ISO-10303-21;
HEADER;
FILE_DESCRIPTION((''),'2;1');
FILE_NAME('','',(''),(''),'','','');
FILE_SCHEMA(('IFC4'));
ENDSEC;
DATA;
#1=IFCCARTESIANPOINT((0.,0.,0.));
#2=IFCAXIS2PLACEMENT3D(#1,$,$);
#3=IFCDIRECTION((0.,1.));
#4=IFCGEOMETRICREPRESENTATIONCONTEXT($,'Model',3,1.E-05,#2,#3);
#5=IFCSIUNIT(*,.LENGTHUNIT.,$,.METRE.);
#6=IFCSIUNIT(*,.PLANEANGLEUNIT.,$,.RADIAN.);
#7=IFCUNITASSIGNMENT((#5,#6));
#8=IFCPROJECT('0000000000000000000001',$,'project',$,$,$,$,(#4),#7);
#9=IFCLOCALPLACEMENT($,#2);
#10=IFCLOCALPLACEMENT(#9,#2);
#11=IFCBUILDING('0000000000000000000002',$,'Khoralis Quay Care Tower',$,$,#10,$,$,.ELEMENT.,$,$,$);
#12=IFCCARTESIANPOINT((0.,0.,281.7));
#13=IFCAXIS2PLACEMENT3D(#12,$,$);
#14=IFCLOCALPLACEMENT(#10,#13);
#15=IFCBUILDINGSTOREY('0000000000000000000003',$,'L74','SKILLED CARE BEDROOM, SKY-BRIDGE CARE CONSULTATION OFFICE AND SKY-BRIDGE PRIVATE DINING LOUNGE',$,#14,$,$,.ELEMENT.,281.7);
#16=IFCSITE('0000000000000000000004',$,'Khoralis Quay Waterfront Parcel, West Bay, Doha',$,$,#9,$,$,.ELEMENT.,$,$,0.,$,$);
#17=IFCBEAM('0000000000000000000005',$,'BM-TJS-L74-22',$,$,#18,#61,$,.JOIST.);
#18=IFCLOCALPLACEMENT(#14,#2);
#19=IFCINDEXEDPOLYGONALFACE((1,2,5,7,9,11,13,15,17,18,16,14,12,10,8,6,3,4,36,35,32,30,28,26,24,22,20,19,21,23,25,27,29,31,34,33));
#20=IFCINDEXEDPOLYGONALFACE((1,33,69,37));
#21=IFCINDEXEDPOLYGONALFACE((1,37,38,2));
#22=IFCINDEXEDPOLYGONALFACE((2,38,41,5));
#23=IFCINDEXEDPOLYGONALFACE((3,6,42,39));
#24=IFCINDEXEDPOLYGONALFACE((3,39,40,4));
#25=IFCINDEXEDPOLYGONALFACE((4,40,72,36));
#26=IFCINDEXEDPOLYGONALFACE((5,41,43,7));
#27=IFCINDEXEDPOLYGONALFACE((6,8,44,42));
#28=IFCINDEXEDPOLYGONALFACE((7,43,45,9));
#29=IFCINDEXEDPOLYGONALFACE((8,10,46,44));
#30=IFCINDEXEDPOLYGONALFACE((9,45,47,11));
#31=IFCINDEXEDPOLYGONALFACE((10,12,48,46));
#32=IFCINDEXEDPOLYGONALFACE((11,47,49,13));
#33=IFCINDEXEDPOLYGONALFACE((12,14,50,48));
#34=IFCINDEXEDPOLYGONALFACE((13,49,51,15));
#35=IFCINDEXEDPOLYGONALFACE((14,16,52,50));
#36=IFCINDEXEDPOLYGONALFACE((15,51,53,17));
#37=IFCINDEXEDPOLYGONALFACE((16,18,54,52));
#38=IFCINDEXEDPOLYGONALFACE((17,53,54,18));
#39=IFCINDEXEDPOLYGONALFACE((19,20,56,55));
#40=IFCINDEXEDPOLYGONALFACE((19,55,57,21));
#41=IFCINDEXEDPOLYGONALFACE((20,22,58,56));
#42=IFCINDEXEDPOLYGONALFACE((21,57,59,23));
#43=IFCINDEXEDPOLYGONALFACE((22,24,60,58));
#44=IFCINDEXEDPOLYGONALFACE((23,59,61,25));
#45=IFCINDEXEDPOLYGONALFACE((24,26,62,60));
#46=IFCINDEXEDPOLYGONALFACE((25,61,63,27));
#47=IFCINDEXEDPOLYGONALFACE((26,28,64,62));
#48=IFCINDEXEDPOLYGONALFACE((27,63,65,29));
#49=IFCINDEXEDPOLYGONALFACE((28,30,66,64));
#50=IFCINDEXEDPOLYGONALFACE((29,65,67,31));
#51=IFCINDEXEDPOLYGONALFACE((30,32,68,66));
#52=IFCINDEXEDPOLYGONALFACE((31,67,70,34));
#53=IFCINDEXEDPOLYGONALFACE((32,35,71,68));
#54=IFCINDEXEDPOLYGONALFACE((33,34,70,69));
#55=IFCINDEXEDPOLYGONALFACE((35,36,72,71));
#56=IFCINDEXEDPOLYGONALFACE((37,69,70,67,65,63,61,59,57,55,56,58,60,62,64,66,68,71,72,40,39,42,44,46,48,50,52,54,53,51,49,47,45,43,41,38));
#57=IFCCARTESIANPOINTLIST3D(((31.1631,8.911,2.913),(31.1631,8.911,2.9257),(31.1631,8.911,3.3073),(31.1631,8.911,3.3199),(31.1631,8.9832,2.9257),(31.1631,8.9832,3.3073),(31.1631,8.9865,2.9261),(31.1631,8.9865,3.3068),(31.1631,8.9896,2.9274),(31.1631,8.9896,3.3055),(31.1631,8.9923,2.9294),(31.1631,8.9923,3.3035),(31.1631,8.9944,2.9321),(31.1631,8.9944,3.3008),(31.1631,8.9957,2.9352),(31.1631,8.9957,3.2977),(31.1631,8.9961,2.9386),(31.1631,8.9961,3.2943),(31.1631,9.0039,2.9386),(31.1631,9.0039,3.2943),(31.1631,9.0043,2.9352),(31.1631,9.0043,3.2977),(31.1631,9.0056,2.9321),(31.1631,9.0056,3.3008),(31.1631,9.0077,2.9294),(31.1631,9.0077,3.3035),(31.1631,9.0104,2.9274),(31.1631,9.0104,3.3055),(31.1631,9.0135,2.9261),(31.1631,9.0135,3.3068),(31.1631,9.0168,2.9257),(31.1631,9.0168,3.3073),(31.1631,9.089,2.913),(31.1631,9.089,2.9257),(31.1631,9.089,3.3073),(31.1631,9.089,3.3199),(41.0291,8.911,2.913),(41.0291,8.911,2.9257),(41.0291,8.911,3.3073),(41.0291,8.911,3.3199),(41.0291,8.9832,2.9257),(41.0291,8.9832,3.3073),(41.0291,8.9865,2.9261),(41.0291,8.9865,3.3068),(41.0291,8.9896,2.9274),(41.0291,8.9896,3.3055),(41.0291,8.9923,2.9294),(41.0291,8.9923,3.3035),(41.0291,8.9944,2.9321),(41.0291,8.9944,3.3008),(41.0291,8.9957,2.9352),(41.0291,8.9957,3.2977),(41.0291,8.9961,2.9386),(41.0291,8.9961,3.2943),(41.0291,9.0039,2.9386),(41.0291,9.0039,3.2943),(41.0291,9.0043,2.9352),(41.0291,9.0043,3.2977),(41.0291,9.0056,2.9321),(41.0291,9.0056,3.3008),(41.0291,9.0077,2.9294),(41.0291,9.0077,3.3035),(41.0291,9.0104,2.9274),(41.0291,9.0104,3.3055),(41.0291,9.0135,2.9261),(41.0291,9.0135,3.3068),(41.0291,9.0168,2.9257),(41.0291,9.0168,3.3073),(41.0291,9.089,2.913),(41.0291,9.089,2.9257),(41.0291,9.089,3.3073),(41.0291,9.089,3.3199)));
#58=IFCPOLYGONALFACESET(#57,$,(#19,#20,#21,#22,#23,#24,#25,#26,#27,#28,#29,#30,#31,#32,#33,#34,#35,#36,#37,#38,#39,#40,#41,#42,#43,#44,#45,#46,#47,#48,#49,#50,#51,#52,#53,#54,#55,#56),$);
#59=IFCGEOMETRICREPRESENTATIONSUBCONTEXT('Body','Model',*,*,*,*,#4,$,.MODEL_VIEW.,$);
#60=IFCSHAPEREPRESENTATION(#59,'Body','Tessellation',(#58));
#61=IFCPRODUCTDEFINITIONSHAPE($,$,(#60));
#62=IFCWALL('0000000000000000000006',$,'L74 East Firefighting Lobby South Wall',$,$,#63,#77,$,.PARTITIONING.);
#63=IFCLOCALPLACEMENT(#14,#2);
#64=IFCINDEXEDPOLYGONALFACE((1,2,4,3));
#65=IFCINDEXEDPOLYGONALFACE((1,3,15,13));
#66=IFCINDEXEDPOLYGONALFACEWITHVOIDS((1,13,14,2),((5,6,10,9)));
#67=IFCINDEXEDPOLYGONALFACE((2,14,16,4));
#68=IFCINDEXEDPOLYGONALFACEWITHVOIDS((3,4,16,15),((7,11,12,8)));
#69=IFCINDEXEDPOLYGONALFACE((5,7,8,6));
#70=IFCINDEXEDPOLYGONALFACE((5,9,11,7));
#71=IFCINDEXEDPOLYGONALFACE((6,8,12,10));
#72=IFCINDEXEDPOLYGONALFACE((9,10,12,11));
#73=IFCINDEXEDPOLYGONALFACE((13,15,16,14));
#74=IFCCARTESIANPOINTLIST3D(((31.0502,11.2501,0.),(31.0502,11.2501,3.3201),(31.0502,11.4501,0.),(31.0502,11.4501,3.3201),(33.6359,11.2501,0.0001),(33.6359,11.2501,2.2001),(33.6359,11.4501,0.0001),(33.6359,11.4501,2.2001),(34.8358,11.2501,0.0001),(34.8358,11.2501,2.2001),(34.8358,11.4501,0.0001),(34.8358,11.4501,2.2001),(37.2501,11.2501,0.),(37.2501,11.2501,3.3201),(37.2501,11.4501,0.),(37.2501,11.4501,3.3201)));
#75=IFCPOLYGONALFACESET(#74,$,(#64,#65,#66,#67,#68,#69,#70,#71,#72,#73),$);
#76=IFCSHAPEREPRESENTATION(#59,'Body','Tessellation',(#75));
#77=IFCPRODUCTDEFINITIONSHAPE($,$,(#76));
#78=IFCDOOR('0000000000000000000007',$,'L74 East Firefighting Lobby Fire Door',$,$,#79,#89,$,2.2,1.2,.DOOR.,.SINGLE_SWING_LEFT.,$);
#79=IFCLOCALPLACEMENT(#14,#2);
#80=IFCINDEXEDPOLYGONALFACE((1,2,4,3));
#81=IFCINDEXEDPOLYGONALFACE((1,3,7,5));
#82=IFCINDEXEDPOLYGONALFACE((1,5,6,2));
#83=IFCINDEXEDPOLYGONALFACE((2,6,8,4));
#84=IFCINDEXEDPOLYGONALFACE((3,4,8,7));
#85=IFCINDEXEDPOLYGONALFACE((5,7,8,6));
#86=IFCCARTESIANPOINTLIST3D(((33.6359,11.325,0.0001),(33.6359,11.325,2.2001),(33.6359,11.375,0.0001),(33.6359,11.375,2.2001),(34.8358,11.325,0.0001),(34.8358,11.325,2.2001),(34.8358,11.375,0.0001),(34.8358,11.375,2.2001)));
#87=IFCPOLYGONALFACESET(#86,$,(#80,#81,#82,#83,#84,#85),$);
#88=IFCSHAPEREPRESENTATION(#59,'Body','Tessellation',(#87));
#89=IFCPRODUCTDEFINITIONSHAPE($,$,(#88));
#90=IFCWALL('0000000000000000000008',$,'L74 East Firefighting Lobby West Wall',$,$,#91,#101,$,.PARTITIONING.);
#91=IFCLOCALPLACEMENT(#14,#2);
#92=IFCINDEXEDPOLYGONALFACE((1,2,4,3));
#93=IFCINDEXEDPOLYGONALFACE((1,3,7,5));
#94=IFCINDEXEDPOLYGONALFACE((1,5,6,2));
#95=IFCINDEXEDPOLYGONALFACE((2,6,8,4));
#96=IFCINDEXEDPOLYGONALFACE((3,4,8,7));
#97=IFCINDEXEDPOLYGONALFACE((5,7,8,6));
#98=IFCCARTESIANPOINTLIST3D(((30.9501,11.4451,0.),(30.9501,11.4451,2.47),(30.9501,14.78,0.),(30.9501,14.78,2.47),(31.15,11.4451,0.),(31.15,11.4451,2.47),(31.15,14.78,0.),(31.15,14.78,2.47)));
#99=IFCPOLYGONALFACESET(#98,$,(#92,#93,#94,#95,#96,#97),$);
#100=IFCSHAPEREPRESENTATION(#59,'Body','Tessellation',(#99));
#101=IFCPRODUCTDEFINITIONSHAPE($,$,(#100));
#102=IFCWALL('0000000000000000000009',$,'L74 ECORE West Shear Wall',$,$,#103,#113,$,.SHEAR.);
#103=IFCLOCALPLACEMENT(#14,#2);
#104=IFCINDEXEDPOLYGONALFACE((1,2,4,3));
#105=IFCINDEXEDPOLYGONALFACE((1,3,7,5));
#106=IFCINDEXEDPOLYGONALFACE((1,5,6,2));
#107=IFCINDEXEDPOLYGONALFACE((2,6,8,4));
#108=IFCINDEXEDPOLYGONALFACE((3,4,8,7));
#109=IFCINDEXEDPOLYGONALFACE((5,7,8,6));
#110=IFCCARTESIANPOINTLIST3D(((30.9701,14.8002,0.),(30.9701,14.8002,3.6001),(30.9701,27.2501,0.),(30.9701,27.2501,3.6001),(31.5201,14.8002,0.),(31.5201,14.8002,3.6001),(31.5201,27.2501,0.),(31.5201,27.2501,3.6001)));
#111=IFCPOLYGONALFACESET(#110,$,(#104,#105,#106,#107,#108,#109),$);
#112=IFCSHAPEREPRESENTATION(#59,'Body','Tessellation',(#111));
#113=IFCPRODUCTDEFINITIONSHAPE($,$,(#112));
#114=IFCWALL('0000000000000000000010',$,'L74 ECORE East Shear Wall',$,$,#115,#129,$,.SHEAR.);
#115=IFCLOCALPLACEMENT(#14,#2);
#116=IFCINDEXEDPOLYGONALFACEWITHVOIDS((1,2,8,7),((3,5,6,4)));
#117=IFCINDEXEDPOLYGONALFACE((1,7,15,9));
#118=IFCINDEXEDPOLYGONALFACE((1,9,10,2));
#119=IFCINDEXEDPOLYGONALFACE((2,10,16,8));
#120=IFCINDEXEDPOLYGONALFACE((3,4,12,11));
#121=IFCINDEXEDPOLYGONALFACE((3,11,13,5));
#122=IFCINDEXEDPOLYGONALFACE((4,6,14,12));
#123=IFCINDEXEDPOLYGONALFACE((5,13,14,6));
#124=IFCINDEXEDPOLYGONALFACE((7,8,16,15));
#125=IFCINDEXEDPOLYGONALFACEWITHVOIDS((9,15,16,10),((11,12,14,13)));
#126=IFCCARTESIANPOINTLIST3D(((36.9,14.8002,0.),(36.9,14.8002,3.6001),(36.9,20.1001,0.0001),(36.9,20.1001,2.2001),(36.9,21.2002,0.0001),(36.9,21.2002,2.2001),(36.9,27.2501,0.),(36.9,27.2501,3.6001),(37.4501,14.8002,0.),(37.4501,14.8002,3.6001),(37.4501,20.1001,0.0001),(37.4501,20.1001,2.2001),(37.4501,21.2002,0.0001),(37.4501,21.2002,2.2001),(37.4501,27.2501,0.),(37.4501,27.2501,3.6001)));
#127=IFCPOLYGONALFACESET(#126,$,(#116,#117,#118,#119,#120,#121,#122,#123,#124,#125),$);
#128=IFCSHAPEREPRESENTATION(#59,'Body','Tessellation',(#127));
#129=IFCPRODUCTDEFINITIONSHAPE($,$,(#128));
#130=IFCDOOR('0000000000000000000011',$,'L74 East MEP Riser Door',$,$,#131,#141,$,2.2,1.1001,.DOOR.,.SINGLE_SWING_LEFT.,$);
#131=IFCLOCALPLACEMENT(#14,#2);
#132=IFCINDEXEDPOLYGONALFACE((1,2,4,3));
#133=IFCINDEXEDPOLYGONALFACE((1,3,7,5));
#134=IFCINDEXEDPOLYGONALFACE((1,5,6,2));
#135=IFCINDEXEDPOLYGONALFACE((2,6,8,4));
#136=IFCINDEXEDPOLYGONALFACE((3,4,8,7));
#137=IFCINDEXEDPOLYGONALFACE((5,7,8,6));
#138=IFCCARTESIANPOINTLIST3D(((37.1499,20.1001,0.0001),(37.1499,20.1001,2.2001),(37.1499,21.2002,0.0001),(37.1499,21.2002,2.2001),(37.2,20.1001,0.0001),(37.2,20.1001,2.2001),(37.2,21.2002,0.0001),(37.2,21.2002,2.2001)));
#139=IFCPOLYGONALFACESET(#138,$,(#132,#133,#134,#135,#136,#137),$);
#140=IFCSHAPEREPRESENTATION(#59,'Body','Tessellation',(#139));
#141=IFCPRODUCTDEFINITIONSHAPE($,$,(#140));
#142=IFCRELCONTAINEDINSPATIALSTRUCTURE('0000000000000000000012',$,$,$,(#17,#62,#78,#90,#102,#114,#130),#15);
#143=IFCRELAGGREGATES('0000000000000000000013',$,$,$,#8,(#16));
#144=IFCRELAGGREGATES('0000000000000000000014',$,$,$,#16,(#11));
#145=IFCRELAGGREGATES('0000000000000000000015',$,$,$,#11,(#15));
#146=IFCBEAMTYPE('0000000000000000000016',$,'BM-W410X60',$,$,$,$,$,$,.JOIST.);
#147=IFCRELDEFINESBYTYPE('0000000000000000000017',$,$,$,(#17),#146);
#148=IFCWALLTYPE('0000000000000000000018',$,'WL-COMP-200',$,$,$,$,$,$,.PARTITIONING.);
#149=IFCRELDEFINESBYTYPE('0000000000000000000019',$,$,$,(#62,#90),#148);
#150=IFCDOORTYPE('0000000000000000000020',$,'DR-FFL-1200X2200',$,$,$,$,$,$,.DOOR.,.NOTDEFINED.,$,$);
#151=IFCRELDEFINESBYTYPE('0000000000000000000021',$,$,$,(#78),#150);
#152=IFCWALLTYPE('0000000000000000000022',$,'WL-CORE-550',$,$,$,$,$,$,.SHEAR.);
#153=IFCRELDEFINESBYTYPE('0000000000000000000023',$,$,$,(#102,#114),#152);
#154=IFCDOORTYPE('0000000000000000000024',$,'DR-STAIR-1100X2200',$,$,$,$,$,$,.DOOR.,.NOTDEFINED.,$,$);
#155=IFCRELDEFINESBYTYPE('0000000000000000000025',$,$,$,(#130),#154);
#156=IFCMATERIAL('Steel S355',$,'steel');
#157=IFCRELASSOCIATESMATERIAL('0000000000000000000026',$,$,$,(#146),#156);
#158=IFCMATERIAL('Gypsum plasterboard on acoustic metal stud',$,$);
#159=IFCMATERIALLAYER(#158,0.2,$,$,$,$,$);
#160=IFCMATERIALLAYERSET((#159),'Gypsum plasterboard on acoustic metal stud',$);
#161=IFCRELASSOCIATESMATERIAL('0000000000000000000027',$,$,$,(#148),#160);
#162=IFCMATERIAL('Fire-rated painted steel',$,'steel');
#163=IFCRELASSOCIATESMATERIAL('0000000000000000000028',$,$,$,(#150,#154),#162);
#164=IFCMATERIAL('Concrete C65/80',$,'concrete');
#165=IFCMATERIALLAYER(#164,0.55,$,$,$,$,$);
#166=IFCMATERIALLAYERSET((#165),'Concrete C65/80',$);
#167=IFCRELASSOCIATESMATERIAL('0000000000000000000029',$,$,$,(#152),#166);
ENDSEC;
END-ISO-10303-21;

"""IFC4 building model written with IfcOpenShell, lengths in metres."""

from ifc_helpers import new_model, si_unit, direction, frame, frame_2d, origin, origin_2d, place, context, subcontext, project, spatial, rectangle, i_section, extrude, source, transform, mapped, material, layer, layer_set, material_profile, profile_set, type_object, element, fill, save


model = new_model("IFC4")

# Units and contexts
model_context = context("Model", 3, precision=1e-05, world=origin(), true_north=direction((0.0, 1.0)))
body_context = subcontext(model_context, "Body", "Model", "MODEL_VIEW")
ifc_project = project(units=[si_unit("LENGTHUNIT", "METRE"), si_unit("PLANEANGLEUNIT", "RADIAN")], contexts=[model_context])

# Site, building, storey
site_placement = place(None, origin())
site = spatial("IfcSite", under=ifc_project, at=site_placement, Name="Khoralis Quay Waterfront Parcel, West Bay, Doha", CompositionType="ELEMENT", RefElevation=0.0)
building_placement = place(site_placement, origin())
building = spatial("IfcBuilding", under=site, at=building_placement, Name="Khoralis Quay Care Tower", CompositionType="ELEMENT")
storey_placement = place(building_placement, frame((0.0, 0.0, 281.7)))
storey = spatial("IfcBuildingStorey", under=building, at=storey_placement, Name="L74", Description="SKILLED CARE BEDROOM, SKY-BRIDGE CARE CONSULTATION OFFICE AND SKY-BRIDGE PRIVATE DINING LOUNGE", CompositionType="ELEMENT", Elevation=281.7)

# Beam
ifc_material_1 = material(Name="Steel S355", Category="steel")
ifc_material_profile_1 = material_profile(ifc_material_1, i_section(OverallWidth=0.178, OverallDepth=0.407, WebThickness=0.0078, FlangeThickness=0.0127, FilletRadius=0.0129, at=origin_2d()), Name="Steel S355")
ifc_profile_set_1 = profile_set([ifc_material_profile_1], Name="Steel S355")
beam_type_1 = type_object("IfcBeamType", Name="BM-W410X60", PredefinedType="JOIST", material=ifc_profile_set_1)
shared_shape_1 = source(origin(), body_context, "Body", "SweptSolid", [
    extrude(i_section(OverallWidth=0.178, OverallDepth=0.407, WebThickness=0.0078, FlangeThickness=0.0127, FilletRadius=0.0129, at=origin_2d()), origin(), (0.0, 0.0, 1.0), 9.866),
])
beam_1_placement = place(storey_placement, frame((31.1631, 9.0, 3.1165), z_axis=(1.0, 0.0, 0.0), x_axis=(0.0, 1.0, 0.0)))
element("IfcBeam", 1, at=beam_1_placement, inside=storey, type_object=beam_type_1, Name="BM-TJS-L74-22", PredefinedType="JOIST", context=body_context, shape_type="MappedRepresentation", body=[
    mapped(shared_shape_1, transform((0.0, 0.0, 0.0), scale=1.0)),
])

# Wall, opening, door
ifc_material_2 = material(Name="Gypsum plasterboard on acoustic metal stud")
ifc_layer_1 = layer(ifc_material_2, 0.2)
ifc_layer_set_1 = layer_set([ifc_layer_1], Name="Gypsum plasterboard on acoustic metal stud")
wall_type_1 = type_object("IfcWallType", Name="WL-COMP-200", PredefinedType="PARTITIONING", material=ifc_layer_set_1)
wall_1_placement = place(storey_placement, frame((31.05, 11.3501, 0.0), z_axis=(0.0, 0.0, 1.0), x_axis=(1.0, 0.0, 0.0)))
wall_1 = element("IfcWall", 2, at=wall_1_placement, inside=storey, type_object=wall_type_1, Name="L74 East Firefighting Lobby South Wall", PredefinedType="PARTITIONING", context=body_context, shape_type="SweptSolid", body=[
    extrude(rectangle(XDim=6.2, YDim=0.2, at=frame_2d((3.1001, 0.0))), origin(), (0.0, 0.0, 1.0), 3.3201),
])
opening_1_placement = place(wall_1_placement, frame((2.5857, 0.0, 0.0)))
opening_1 = element("IfcOpeningElement", 3, at=opening_1_placement, cuts=wall_1, PredefinedType="OPENING", context=body_context, shape_type="SweptSolid", body=[
    extrude(rectangle(XDim=1.2, YDim=2.2, at=frame_2d((0.6001, 1.1001))), frame((0.0, 0.1099, 0.0), z_axis=(0.0, -1.0, 0.0), x_axis=(1.0, 0.0, 0.0)), (0.0, 0.0, 1.0), 0.22),
])
ifc_material_3 = material(Name="Fire-rated painted steel", Category="steel")
door_type_1 = type_object("IfcDoorType", Name="DR-FFL-1200X2200", OperationType="NOTDEFINED", PredefinedType="DOOR", material=ifc_material_3)
shared_shape_2 = source(origin(), body_context, "Body", "SweptSolid", [
    extrude(rectangle(XDim=1.2, YDim=2.2, at=frame_2d((0.6001, 1.1001))), frame((0.0, 0.0249, 0.0), z_axis=(0.0, -1.0, 0.0), x_axis=(1.0, 0.0, 0.0)), (0.0, 0.0, 1.0), 0.05),
])
door_1_placement = place(opening_1_placement, origin())
door_1 = element("IfcDoor", 4, at=door_1_placement, inside=storey, type_object=door_type_1, Name="L74 East Firefighting Lobby Fire Door", OperationType="SINGLE_SWING_LEFT", OverallHeight=2.2, OverallWidth=1.2, PredefinedType="DOOR", context=body_context, shape_type="MappedRepresentation", body=[
    mapped(shared_shape_2, transform((0.0, 0.0, 0.0), scale=1.0)),
])
fill(opening_1, door_1)

# Walls
wall_2_placement = place(storey_placement, frame((31.05, 11.4451, 0.0), z_axis=(0.0, 0.0, 1.0), x_axis=(0.0, 1.0, 0.0)))
element("IfcWall", 5, at=wall_2_placement, inside=storey, type_object=wall_type_1, Name="L74 East Firefighting Lobby West Wall", PredefinedType="PARTITIONING", context=body_context, shape_type="SweptSolid", body=[
    extrude(rectangle(XDim=3.335, YDim=0.2, at=frame_2d((1.6675, 0.0))), origin(), (0.0, 0.0, 1.0), 2.47),
])
ifc_material_4 = material(Name="Concrete C65/80", Category="concrete")
ifc_layer_2 = layer(ifc_material_4, 0.55)
ifc_layer_set_2 = layer_set([ifc_layer_2], Name="Concrete C65/80")
wall_type_2 = type_object("IfcWallType", Name="WL-CORE-550", PredefinedType="SHEAR", material=ifc_layer_set_2)
wall_3_placement = place(storey_placement, frame((31.2451, 14.8, 0.0), z_axis=(0.0, 0.0, 1.0), x_axis=(0.0, 1.0, 0.0)))
element("IfcWall", 6, at=wall_3_placement, inside=storey, type_object=wall_type_2, Name="L74 ECORE West Shear Wall", PredefinedType="SHEAR", context=body_context, shape_type="SweptSolid", body=[
    extrude(rectangle(XDim=12.45, YDim=0.55, at=frame_2d((6.2251, 0.0))), origin(), (0.0, 0.0, 1.0), 3.6001),
])

# Wall, opening, door
wall_4_placement = place(storey_placement, frame((37.175, 14.8, 0.0), z_axis=(0.0, 0.0, 1.0), x_axis=(0.0, 1.0, 0.0)))
wall_4 = element("IfcWall", 7, at=wall_4_placement, inside=storey, type_object=wall_type_2, Name="L74 ECORE East Shear Wall", PredefinedType="SHEAR", context=body_context, shape_type="SweptSolid", body=[
    extrude(rectangle(XDim=12.45, YDim=0.55, at=frame_2d((6.2251, 0.0))), origin(), (0.0, 0.0, 1.0), 3.6001),
])
opening_2_placement = place(wall_4_placement, frame((5.3, 0.0, 0.0)))
opening_2 = element("IfcOpeningElement", 8, at=opening_2_placement, cuts=wall_4, PredefinedType="OPENING", context=body_context, shape_type="SweptSolid", body=[
    extrude(rectangle(XDim=1.1001, YDim=2.2, at=frame_2d((0.55, 1.1001))), frame((0.0, 0.2852, 0.0), z_axis=(0.0, -1.0, 0.0), x_axis=(1.0, 0.0, 0.0)), (0.0, 0.0, 1.0), 0.5701),
])
door_type_2 = type_object("IfcDoorType", Name="DR-STAIR-1100X2200", OperationType="NOTDEFINED", PredefinedType="DOOR", material=ifc_material_3)
shared_shape_3 = source(origin(), body_context, "Body", "SweptSolid", [
    extrude(rectangle(XDim=1.1001, YDim=2.2, at=frame_2d((0.55, 1.1001))), frame((0.0, 0.0249, 0.0), z_axis=(0.0, -1.0, 0.0), x_axis=(1.0, 0.0, 0.0)), (0.0, 0.0, 1.0), 0.05),
])
door_2_placement = place(opening_2_placement, frame((1.1001, 0.0, 0.0), z_axis=(0.0, 0.0, 1.0), x_axis=(-1.0, 0.0, 0.0)))
door_2 = element("IfcDoor", 9, at=door_2_placement, inside=storey, type_object=door_type_2, Name="L74 East MEP Riser Door", OperationType="SINGLE_SWING_LEFT", OverallHeight=2.2, OverallWidth=1.1001, PredefinedType="DOOR", context=body_context, shape_type="MappedRepresentation", body=[
    mapped(shared_shape_3, transform((0.0, 0.0, 0.0), scale=1.0)),
])
fill(opening_2, door_2)

save(model, "model.ifc")
